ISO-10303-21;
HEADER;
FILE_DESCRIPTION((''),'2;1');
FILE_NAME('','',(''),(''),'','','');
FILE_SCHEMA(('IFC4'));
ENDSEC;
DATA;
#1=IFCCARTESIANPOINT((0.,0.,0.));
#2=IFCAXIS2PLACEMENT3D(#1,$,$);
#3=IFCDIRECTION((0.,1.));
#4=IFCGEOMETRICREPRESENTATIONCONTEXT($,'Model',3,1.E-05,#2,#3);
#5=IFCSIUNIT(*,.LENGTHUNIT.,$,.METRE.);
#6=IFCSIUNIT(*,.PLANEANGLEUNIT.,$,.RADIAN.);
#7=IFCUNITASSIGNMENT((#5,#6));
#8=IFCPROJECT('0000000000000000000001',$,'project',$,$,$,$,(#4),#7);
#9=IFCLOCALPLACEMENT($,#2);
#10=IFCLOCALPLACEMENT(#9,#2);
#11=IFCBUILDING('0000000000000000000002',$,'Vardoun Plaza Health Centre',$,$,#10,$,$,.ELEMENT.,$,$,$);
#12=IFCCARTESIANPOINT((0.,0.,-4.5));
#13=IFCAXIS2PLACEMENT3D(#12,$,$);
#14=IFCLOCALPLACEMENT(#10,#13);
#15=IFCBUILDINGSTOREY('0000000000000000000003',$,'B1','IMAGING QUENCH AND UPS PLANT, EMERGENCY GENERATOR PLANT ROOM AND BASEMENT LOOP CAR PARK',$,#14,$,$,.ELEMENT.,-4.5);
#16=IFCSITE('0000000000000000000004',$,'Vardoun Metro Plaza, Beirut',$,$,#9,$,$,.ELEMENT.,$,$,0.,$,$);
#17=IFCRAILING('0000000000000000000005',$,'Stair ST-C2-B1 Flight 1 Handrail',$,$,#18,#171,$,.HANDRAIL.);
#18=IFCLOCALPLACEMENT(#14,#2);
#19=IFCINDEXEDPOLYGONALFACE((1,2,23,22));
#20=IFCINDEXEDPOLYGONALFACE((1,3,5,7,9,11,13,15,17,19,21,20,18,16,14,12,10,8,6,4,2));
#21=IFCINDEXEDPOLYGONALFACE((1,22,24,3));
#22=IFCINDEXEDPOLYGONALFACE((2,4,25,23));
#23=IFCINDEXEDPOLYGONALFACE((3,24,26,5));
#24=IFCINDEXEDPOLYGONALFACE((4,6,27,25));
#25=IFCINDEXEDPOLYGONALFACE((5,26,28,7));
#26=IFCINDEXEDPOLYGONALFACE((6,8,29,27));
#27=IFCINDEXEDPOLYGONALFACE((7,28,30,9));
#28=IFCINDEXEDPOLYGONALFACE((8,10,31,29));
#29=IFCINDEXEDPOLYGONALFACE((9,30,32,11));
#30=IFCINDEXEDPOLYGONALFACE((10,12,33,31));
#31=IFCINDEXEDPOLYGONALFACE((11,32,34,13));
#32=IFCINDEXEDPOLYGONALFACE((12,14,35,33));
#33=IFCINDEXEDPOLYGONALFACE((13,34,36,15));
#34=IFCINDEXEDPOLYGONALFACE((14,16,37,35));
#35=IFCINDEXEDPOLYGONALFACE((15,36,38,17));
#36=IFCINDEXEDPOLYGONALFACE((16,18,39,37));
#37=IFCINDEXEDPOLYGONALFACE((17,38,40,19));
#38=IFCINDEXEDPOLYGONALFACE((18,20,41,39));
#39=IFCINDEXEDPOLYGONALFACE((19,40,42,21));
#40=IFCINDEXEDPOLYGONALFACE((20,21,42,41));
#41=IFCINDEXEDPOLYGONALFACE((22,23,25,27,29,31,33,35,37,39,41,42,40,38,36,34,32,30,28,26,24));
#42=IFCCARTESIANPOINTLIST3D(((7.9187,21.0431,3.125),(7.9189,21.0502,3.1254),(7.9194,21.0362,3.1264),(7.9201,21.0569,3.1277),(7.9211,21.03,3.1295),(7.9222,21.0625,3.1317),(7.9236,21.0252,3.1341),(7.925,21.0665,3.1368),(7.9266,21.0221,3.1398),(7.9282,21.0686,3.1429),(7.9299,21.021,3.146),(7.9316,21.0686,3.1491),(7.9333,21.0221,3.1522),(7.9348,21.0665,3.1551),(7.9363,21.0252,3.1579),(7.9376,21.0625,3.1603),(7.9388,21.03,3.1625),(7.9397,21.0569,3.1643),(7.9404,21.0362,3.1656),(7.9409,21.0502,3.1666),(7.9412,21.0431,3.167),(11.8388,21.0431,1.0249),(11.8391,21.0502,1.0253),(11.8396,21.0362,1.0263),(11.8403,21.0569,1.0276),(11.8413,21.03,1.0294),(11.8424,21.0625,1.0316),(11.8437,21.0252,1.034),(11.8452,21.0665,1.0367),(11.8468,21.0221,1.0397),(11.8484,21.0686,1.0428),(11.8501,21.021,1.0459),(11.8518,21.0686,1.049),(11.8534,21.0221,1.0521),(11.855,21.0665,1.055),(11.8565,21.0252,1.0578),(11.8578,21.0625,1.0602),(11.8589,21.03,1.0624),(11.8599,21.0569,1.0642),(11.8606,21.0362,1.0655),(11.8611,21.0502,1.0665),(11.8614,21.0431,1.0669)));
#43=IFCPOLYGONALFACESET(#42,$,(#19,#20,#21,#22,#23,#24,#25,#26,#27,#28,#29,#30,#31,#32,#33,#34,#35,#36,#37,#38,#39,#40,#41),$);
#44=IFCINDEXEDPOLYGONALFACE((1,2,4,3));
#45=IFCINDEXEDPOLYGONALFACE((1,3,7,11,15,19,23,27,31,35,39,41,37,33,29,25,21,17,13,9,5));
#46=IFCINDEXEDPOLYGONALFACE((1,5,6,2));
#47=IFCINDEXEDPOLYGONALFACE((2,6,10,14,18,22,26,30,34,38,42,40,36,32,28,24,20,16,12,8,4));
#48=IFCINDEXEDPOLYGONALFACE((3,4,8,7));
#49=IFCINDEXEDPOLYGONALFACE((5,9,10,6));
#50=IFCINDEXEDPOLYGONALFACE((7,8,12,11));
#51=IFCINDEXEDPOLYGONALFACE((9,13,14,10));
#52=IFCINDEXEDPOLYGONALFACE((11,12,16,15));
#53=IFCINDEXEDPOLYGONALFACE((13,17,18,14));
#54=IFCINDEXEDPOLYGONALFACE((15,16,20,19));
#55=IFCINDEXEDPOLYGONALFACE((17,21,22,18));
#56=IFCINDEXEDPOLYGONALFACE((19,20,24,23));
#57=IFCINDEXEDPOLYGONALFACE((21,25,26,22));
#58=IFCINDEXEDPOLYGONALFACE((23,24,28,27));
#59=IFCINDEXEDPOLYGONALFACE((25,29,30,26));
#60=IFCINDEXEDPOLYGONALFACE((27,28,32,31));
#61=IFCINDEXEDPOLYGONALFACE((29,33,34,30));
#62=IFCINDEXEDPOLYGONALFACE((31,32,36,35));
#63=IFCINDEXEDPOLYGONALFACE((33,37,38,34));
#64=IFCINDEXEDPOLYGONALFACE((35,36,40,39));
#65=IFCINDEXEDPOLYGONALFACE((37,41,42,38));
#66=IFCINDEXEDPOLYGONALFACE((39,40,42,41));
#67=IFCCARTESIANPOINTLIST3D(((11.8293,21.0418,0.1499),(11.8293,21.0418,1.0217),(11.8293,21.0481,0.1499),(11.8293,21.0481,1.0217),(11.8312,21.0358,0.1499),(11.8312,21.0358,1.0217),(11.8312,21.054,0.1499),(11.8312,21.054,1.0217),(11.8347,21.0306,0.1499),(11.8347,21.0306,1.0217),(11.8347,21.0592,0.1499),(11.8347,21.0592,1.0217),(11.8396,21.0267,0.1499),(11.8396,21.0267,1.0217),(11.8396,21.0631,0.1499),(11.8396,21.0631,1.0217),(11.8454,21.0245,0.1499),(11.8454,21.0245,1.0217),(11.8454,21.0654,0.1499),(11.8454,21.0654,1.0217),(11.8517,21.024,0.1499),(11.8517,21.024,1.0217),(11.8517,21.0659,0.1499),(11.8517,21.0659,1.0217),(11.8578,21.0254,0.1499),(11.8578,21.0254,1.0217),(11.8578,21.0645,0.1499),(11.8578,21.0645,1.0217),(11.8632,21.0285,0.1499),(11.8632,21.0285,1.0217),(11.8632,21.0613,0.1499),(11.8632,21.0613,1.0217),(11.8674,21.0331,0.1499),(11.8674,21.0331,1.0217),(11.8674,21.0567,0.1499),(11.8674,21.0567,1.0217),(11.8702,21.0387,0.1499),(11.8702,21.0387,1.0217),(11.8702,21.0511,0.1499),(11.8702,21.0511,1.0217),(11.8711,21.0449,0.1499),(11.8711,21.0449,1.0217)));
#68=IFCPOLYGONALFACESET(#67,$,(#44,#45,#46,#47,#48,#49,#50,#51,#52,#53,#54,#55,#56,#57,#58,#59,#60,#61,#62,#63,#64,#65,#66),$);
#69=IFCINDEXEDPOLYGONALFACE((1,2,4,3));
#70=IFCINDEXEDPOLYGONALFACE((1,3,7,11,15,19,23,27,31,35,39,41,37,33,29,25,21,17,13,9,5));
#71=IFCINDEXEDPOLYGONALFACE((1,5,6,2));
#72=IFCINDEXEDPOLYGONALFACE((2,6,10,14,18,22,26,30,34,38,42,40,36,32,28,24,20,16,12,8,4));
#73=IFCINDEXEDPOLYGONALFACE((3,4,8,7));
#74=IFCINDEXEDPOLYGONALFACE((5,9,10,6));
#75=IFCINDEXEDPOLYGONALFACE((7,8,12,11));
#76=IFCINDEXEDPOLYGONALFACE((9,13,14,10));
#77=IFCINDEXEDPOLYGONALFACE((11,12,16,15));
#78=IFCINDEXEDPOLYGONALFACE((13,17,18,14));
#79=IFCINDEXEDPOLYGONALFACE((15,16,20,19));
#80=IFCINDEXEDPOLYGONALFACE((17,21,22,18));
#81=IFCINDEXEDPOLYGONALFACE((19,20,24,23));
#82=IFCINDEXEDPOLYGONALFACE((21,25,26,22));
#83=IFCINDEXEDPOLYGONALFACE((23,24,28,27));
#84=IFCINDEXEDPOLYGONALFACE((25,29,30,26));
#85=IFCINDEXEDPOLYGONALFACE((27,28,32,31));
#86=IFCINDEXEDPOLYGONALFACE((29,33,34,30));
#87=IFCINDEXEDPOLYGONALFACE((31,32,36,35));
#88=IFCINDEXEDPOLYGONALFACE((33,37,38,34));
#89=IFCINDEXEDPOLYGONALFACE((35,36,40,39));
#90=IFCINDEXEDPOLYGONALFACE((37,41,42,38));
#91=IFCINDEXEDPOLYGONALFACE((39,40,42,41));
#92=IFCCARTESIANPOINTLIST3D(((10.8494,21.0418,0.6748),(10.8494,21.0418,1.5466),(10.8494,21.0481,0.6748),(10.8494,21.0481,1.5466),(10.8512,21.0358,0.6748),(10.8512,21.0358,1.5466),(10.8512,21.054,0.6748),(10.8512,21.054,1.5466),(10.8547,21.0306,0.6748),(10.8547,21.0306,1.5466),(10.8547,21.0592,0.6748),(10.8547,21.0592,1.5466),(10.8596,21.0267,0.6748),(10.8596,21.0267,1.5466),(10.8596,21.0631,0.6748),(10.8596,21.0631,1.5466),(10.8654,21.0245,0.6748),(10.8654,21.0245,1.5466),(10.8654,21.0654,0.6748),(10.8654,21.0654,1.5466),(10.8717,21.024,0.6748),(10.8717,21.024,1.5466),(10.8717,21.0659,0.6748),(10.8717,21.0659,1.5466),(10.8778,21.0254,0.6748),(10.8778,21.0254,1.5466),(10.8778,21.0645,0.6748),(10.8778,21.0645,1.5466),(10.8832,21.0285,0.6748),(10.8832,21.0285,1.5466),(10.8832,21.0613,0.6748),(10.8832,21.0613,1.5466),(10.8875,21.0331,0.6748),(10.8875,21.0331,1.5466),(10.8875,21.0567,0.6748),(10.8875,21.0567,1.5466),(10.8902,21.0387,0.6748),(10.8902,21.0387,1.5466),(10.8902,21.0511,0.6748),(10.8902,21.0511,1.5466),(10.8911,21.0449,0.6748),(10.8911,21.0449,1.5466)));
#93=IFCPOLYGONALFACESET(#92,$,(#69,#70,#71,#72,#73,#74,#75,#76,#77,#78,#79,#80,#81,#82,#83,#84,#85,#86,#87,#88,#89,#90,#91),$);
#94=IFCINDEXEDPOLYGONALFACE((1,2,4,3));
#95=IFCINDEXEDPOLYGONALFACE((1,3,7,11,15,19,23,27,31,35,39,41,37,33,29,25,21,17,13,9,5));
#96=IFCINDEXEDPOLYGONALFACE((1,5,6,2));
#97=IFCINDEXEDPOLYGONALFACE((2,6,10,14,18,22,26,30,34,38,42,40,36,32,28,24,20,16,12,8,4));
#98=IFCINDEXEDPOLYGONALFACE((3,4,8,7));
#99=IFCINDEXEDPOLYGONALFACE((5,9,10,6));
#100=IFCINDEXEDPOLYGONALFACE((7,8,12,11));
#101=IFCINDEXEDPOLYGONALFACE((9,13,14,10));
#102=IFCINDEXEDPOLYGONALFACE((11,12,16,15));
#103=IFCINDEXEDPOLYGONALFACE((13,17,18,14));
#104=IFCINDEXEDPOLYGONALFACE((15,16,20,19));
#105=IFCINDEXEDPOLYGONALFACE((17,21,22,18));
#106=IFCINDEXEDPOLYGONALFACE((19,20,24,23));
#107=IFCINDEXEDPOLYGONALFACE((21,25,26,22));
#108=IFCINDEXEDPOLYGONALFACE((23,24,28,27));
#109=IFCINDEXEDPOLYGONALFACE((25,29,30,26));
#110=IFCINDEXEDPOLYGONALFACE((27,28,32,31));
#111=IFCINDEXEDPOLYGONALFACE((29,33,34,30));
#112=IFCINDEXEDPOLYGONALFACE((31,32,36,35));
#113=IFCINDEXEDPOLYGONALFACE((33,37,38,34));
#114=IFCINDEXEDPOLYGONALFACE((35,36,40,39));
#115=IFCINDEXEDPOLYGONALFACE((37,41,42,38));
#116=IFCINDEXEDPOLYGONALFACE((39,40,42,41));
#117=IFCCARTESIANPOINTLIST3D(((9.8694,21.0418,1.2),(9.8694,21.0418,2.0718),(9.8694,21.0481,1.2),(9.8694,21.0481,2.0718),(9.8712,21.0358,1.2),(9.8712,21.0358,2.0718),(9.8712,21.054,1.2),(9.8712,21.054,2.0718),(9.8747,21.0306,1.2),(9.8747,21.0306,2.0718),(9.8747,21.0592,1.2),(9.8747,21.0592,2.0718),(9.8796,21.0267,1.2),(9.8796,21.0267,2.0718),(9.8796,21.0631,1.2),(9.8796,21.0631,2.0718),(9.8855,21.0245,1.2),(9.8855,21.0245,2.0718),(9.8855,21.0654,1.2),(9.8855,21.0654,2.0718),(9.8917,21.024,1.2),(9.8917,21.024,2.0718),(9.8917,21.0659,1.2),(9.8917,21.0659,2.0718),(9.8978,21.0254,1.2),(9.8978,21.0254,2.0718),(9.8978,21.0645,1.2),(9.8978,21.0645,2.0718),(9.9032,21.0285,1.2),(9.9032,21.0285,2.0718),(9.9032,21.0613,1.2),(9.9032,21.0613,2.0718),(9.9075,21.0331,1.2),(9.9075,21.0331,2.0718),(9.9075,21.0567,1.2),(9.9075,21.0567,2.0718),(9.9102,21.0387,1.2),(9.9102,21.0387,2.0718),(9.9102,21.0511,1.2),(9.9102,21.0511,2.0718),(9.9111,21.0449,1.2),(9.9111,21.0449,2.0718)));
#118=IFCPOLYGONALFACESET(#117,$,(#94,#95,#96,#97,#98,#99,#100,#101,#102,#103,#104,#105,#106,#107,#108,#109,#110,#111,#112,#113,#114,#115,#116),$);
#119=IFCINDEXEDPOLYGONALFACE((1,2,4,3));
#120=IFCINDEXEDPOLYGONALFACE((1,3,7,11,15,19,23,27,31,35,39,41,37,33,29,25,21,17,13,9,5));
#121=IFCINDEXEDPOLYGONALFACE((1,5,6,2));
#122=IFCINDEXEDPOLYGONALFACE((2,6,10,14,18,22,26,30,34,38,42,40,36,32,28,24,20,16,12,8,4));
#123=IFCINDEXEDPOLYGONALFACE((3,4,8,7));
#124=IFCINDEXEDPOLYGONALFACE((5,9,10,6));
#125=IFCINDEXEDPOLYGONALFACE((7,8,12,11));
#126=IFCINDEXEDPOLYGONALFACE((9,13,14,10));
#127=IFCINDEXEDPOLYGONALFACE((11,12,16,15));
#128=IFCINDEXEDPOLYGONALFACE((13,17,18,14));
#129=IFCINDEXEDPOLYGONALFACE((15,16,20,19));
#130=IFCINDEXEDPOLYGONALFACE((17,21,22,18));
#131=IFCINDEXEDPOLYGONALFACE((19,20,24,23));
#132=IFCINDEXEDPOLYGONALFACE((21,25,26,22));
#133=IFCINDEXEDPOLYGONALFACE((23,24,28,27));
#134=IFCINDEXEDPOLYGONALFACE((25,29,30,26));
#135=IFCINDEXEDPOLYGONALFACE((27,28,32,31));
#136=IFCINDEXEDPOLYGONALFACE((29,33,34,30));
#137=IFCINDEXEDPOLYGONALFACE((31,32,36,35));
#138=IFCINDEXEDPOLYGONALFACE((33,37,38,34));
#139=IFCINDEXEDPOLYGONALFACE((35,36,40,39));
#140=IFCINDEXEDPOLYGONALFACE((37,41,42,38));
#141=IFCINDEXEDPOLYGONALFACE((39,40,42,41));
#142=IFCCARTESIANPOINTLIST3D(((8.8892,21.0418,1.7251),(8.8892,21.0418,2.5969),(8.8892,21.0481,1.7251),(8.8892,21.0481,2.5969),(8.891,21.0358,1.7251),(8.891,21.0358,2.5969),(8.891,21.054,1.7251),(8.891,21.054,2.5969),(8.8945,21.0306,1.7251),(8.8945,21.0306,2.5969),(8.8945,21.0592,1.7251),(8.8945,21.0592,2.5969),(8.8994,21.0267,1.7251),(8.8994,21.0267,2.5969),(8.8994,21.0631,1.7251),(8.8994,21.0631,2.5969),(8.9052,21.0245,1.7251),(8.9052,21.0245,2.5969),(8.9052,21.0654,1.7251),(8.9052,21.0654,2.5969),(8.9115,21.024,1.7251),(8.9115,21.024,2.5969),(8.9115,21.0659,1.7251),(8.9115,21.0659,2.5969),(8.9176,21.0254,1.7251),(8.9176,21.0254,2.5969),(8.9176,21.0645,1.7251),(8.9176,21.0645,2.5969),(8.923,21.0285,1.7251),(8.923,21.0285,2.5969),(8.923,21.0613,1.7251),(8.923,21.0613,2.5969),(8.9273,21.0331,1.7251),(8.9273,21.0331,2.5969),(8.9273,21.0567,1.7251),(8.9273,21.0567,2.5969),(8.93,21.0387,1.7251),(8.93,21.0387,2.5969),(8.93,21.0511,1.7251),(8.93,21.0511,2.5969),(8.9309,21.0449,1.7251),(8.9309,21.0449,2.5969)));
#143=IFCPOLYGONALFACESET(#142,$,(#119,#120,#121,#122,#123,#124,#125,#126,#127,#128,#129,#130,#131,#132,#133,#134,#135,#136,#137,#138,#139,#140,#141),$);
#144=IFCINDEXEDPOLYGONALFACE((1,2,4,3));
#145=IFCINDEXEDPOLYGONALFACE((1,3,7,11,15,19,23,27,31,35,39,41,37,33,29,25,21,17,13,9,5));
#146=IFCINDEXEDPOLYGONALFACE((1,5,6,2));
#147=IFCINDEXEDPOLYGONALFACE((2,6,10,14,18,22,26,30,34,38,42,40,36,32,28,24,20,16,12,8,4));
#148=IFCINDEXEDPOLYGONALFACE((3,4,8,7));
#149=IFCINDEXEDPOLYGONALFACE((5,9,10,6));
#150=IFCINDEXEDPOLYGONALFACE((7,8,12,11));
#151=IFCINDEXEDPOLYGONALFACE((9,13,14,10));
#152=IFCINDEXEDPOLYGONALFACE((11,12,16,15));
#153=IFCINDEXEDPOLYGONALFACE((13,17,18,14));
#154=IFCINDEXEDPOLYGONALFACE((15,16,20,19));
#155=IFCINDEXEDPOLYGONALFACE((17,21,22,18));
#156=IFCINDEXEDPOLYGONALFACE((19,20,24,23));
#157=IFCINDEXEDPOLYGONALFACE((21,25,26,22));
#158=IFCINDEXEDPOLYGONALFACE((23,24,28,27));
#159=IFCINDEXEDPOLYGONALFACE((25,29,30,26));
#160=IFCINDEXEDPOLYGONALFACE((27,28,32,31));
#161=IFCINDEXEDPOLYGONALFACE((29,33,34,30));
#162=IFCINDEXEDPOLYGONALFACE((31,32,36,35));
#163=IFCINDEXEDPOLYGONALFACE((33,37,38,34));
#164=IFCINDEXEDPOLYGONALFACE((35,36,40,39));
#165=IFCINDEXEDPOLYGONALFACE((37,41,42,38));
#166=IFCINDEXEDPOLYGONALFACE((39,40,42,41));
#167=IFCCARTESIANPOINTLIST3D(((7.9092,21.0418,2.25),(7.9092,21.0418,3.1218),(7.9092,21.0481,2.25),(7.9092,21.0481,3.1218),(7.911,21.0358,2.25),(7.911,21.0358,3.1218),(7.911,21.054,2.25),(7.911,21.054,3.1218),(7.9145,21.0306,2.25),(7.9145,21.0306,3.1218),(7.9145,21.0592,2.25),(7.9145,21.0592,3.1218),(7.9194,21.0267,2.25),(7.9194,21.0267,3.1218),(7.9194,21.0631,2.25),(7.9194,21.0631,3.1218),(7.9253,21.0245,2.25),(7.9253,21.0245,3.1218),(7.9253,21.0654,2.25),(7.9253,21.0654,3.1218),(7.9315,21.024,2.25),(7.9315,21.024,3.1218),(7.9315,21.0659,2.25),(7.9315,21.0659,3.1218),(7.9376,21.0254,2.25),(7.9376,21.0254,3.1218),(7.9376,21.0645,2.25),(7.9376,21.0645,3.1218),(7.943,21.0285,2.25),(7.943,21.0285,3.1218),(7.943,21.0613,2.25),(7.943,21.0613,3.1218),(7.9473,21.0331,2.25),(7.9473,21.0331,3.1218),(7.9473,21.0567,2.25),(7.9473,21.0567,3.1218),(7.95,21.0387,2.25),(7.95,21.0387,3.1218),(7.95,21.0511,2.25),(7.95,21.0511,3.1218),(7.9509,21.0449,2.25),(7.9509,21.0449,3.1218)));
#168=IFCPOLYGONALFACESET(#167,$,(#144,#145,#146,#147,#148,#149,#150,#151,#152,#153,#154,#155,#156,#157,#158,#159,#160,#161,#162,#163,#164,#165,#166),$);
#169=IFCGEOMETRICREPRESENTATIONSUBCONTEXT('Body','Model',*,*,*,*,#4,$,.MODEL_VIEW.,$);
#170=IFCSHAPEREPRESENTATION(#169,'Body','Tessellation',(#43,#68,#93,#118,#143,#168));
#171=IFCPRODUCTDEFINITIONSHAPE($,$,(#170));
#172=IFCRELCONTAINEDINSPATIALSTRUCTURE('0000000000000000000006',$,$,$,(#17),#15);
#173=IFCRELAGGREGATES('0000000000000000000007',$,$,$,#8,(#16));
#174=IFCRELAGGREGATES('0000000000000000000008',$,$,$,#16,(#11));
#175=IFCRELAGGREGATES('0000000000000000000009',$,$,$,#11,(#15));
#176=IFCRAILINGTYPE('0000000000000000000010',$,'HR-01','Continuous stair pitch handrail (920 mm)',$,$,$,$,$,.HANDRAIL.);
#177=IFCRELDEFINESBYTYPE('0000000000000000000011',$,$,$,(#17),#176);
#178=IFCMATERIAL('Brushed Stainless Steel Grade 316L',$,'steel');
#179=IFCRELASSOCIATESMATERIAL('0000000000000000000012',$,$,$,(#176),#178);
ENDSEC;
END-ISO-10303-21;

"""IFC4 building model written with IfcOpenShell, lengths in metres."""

from ifc_helpers import new_model, si_unit, direction, frame, origin, origin_2d, place, context, subcontext, project, spatial, circle, extrude, material, type_object, element, save


model = new_model("IFC4")

# Units and contexts
model_context = context("Model", 3, precision=1e-05, world=origin(), true_north=direction((0.0, 1.0)))
body_context = subcontext(model_context, "Body", "Model", "MODEL_VIEW")
ifc_project = project(units=[si_unit("LENGTHUNIT", "METRE"), si_unit("PLANEANGLEUNIT", "RADIAN")], contexts=[model_context])

# Site, building, storey
site_placement = place(None, origin())
site = spatial("IfcSite", under=ifc_project, at=site_placement, Name="Vardoun Metro Plaza, Beirut", CompositionType="ELEMENT", RefElevation=0.0)
building_placement = place(site_placement, origin())
building = spatial("IfcBuilding", under=site, at=building_placement, Name="Vardoun Plaza Health Centre", CompositionType="ELEMENT")
storey_placement = place(building_placement, frame((0.0, 0.0, -4.5)))
storey = spatial("IfcBuildingStorey", under=building, at=storey_placement, Name="B1", Description="IMAGING QUENCH AND UPS PLANT, EMERGENCY GENERATOR PLANT ROOM AND BASEMENT LOOP CAR PARK", CompositionType="ELEMENT", Elevation=-4.5)

# Railing
ifc_material_1 = material(Name="Brushed Stainless Steel Grade 316L", Category="steel")
railing_type = type_object("IfcRailingType", Name="HR-01", Description="Continuous stair pitch handrail (920 mm)", PredefinedType="HANDRAIL", material=ifc_material_1)
railing_placement = place(storey_placement, frame((11.8501, 21.0449, 0.1499)))
element("IfcRailing", 1, at=railing_placement, inside=storey, type_object=railing_type, Name="Stair ST-C2-B1 Flight 1 Handrail", PredefinedType="HANDRAIL", context=body_context, shape_type="SweptSolid", body=[
    extrude(circle(Radius=0.0239, at=origin_2d()), frame((0.0, 0.0, 0.896), z_axis=(-0.881479, 0.0, 0.472223), x_axis=(0.0, -1.0, 0.0)), (0.0, 0.0, 1.0), 4.4473),
    extrude(circle(Radius=0.021, at=origin_2d()), origin(), (0.0, 0.0, 1.0), 0.8718),
    extrude(circle(Radius=0.021, at=origin_2d()), frame((-0.98, 0.0, 0.5249)), (0.0, 0.0, 1.0), 0.8718),
    extrude(circle(Radius=0.021, at=origin_2d()), frame((-1.96, 0.0, 1.05)), (0.0, 0.0, 1.0), 0.8718),
    extrude(circle(Radius=0.021, at=origin_2d()), frame((-2.9402, 0.0, 1.5752)), (0.0, 0.0, 1.0), 0.8718),
    extrude(circle(Radius=0.021, at=origin_2d()), frame((-3.9202, 0.0, 2.1001)), (0.0, 0.0, 1.0), 0.8718),
])

save(model, "model.ifc")
